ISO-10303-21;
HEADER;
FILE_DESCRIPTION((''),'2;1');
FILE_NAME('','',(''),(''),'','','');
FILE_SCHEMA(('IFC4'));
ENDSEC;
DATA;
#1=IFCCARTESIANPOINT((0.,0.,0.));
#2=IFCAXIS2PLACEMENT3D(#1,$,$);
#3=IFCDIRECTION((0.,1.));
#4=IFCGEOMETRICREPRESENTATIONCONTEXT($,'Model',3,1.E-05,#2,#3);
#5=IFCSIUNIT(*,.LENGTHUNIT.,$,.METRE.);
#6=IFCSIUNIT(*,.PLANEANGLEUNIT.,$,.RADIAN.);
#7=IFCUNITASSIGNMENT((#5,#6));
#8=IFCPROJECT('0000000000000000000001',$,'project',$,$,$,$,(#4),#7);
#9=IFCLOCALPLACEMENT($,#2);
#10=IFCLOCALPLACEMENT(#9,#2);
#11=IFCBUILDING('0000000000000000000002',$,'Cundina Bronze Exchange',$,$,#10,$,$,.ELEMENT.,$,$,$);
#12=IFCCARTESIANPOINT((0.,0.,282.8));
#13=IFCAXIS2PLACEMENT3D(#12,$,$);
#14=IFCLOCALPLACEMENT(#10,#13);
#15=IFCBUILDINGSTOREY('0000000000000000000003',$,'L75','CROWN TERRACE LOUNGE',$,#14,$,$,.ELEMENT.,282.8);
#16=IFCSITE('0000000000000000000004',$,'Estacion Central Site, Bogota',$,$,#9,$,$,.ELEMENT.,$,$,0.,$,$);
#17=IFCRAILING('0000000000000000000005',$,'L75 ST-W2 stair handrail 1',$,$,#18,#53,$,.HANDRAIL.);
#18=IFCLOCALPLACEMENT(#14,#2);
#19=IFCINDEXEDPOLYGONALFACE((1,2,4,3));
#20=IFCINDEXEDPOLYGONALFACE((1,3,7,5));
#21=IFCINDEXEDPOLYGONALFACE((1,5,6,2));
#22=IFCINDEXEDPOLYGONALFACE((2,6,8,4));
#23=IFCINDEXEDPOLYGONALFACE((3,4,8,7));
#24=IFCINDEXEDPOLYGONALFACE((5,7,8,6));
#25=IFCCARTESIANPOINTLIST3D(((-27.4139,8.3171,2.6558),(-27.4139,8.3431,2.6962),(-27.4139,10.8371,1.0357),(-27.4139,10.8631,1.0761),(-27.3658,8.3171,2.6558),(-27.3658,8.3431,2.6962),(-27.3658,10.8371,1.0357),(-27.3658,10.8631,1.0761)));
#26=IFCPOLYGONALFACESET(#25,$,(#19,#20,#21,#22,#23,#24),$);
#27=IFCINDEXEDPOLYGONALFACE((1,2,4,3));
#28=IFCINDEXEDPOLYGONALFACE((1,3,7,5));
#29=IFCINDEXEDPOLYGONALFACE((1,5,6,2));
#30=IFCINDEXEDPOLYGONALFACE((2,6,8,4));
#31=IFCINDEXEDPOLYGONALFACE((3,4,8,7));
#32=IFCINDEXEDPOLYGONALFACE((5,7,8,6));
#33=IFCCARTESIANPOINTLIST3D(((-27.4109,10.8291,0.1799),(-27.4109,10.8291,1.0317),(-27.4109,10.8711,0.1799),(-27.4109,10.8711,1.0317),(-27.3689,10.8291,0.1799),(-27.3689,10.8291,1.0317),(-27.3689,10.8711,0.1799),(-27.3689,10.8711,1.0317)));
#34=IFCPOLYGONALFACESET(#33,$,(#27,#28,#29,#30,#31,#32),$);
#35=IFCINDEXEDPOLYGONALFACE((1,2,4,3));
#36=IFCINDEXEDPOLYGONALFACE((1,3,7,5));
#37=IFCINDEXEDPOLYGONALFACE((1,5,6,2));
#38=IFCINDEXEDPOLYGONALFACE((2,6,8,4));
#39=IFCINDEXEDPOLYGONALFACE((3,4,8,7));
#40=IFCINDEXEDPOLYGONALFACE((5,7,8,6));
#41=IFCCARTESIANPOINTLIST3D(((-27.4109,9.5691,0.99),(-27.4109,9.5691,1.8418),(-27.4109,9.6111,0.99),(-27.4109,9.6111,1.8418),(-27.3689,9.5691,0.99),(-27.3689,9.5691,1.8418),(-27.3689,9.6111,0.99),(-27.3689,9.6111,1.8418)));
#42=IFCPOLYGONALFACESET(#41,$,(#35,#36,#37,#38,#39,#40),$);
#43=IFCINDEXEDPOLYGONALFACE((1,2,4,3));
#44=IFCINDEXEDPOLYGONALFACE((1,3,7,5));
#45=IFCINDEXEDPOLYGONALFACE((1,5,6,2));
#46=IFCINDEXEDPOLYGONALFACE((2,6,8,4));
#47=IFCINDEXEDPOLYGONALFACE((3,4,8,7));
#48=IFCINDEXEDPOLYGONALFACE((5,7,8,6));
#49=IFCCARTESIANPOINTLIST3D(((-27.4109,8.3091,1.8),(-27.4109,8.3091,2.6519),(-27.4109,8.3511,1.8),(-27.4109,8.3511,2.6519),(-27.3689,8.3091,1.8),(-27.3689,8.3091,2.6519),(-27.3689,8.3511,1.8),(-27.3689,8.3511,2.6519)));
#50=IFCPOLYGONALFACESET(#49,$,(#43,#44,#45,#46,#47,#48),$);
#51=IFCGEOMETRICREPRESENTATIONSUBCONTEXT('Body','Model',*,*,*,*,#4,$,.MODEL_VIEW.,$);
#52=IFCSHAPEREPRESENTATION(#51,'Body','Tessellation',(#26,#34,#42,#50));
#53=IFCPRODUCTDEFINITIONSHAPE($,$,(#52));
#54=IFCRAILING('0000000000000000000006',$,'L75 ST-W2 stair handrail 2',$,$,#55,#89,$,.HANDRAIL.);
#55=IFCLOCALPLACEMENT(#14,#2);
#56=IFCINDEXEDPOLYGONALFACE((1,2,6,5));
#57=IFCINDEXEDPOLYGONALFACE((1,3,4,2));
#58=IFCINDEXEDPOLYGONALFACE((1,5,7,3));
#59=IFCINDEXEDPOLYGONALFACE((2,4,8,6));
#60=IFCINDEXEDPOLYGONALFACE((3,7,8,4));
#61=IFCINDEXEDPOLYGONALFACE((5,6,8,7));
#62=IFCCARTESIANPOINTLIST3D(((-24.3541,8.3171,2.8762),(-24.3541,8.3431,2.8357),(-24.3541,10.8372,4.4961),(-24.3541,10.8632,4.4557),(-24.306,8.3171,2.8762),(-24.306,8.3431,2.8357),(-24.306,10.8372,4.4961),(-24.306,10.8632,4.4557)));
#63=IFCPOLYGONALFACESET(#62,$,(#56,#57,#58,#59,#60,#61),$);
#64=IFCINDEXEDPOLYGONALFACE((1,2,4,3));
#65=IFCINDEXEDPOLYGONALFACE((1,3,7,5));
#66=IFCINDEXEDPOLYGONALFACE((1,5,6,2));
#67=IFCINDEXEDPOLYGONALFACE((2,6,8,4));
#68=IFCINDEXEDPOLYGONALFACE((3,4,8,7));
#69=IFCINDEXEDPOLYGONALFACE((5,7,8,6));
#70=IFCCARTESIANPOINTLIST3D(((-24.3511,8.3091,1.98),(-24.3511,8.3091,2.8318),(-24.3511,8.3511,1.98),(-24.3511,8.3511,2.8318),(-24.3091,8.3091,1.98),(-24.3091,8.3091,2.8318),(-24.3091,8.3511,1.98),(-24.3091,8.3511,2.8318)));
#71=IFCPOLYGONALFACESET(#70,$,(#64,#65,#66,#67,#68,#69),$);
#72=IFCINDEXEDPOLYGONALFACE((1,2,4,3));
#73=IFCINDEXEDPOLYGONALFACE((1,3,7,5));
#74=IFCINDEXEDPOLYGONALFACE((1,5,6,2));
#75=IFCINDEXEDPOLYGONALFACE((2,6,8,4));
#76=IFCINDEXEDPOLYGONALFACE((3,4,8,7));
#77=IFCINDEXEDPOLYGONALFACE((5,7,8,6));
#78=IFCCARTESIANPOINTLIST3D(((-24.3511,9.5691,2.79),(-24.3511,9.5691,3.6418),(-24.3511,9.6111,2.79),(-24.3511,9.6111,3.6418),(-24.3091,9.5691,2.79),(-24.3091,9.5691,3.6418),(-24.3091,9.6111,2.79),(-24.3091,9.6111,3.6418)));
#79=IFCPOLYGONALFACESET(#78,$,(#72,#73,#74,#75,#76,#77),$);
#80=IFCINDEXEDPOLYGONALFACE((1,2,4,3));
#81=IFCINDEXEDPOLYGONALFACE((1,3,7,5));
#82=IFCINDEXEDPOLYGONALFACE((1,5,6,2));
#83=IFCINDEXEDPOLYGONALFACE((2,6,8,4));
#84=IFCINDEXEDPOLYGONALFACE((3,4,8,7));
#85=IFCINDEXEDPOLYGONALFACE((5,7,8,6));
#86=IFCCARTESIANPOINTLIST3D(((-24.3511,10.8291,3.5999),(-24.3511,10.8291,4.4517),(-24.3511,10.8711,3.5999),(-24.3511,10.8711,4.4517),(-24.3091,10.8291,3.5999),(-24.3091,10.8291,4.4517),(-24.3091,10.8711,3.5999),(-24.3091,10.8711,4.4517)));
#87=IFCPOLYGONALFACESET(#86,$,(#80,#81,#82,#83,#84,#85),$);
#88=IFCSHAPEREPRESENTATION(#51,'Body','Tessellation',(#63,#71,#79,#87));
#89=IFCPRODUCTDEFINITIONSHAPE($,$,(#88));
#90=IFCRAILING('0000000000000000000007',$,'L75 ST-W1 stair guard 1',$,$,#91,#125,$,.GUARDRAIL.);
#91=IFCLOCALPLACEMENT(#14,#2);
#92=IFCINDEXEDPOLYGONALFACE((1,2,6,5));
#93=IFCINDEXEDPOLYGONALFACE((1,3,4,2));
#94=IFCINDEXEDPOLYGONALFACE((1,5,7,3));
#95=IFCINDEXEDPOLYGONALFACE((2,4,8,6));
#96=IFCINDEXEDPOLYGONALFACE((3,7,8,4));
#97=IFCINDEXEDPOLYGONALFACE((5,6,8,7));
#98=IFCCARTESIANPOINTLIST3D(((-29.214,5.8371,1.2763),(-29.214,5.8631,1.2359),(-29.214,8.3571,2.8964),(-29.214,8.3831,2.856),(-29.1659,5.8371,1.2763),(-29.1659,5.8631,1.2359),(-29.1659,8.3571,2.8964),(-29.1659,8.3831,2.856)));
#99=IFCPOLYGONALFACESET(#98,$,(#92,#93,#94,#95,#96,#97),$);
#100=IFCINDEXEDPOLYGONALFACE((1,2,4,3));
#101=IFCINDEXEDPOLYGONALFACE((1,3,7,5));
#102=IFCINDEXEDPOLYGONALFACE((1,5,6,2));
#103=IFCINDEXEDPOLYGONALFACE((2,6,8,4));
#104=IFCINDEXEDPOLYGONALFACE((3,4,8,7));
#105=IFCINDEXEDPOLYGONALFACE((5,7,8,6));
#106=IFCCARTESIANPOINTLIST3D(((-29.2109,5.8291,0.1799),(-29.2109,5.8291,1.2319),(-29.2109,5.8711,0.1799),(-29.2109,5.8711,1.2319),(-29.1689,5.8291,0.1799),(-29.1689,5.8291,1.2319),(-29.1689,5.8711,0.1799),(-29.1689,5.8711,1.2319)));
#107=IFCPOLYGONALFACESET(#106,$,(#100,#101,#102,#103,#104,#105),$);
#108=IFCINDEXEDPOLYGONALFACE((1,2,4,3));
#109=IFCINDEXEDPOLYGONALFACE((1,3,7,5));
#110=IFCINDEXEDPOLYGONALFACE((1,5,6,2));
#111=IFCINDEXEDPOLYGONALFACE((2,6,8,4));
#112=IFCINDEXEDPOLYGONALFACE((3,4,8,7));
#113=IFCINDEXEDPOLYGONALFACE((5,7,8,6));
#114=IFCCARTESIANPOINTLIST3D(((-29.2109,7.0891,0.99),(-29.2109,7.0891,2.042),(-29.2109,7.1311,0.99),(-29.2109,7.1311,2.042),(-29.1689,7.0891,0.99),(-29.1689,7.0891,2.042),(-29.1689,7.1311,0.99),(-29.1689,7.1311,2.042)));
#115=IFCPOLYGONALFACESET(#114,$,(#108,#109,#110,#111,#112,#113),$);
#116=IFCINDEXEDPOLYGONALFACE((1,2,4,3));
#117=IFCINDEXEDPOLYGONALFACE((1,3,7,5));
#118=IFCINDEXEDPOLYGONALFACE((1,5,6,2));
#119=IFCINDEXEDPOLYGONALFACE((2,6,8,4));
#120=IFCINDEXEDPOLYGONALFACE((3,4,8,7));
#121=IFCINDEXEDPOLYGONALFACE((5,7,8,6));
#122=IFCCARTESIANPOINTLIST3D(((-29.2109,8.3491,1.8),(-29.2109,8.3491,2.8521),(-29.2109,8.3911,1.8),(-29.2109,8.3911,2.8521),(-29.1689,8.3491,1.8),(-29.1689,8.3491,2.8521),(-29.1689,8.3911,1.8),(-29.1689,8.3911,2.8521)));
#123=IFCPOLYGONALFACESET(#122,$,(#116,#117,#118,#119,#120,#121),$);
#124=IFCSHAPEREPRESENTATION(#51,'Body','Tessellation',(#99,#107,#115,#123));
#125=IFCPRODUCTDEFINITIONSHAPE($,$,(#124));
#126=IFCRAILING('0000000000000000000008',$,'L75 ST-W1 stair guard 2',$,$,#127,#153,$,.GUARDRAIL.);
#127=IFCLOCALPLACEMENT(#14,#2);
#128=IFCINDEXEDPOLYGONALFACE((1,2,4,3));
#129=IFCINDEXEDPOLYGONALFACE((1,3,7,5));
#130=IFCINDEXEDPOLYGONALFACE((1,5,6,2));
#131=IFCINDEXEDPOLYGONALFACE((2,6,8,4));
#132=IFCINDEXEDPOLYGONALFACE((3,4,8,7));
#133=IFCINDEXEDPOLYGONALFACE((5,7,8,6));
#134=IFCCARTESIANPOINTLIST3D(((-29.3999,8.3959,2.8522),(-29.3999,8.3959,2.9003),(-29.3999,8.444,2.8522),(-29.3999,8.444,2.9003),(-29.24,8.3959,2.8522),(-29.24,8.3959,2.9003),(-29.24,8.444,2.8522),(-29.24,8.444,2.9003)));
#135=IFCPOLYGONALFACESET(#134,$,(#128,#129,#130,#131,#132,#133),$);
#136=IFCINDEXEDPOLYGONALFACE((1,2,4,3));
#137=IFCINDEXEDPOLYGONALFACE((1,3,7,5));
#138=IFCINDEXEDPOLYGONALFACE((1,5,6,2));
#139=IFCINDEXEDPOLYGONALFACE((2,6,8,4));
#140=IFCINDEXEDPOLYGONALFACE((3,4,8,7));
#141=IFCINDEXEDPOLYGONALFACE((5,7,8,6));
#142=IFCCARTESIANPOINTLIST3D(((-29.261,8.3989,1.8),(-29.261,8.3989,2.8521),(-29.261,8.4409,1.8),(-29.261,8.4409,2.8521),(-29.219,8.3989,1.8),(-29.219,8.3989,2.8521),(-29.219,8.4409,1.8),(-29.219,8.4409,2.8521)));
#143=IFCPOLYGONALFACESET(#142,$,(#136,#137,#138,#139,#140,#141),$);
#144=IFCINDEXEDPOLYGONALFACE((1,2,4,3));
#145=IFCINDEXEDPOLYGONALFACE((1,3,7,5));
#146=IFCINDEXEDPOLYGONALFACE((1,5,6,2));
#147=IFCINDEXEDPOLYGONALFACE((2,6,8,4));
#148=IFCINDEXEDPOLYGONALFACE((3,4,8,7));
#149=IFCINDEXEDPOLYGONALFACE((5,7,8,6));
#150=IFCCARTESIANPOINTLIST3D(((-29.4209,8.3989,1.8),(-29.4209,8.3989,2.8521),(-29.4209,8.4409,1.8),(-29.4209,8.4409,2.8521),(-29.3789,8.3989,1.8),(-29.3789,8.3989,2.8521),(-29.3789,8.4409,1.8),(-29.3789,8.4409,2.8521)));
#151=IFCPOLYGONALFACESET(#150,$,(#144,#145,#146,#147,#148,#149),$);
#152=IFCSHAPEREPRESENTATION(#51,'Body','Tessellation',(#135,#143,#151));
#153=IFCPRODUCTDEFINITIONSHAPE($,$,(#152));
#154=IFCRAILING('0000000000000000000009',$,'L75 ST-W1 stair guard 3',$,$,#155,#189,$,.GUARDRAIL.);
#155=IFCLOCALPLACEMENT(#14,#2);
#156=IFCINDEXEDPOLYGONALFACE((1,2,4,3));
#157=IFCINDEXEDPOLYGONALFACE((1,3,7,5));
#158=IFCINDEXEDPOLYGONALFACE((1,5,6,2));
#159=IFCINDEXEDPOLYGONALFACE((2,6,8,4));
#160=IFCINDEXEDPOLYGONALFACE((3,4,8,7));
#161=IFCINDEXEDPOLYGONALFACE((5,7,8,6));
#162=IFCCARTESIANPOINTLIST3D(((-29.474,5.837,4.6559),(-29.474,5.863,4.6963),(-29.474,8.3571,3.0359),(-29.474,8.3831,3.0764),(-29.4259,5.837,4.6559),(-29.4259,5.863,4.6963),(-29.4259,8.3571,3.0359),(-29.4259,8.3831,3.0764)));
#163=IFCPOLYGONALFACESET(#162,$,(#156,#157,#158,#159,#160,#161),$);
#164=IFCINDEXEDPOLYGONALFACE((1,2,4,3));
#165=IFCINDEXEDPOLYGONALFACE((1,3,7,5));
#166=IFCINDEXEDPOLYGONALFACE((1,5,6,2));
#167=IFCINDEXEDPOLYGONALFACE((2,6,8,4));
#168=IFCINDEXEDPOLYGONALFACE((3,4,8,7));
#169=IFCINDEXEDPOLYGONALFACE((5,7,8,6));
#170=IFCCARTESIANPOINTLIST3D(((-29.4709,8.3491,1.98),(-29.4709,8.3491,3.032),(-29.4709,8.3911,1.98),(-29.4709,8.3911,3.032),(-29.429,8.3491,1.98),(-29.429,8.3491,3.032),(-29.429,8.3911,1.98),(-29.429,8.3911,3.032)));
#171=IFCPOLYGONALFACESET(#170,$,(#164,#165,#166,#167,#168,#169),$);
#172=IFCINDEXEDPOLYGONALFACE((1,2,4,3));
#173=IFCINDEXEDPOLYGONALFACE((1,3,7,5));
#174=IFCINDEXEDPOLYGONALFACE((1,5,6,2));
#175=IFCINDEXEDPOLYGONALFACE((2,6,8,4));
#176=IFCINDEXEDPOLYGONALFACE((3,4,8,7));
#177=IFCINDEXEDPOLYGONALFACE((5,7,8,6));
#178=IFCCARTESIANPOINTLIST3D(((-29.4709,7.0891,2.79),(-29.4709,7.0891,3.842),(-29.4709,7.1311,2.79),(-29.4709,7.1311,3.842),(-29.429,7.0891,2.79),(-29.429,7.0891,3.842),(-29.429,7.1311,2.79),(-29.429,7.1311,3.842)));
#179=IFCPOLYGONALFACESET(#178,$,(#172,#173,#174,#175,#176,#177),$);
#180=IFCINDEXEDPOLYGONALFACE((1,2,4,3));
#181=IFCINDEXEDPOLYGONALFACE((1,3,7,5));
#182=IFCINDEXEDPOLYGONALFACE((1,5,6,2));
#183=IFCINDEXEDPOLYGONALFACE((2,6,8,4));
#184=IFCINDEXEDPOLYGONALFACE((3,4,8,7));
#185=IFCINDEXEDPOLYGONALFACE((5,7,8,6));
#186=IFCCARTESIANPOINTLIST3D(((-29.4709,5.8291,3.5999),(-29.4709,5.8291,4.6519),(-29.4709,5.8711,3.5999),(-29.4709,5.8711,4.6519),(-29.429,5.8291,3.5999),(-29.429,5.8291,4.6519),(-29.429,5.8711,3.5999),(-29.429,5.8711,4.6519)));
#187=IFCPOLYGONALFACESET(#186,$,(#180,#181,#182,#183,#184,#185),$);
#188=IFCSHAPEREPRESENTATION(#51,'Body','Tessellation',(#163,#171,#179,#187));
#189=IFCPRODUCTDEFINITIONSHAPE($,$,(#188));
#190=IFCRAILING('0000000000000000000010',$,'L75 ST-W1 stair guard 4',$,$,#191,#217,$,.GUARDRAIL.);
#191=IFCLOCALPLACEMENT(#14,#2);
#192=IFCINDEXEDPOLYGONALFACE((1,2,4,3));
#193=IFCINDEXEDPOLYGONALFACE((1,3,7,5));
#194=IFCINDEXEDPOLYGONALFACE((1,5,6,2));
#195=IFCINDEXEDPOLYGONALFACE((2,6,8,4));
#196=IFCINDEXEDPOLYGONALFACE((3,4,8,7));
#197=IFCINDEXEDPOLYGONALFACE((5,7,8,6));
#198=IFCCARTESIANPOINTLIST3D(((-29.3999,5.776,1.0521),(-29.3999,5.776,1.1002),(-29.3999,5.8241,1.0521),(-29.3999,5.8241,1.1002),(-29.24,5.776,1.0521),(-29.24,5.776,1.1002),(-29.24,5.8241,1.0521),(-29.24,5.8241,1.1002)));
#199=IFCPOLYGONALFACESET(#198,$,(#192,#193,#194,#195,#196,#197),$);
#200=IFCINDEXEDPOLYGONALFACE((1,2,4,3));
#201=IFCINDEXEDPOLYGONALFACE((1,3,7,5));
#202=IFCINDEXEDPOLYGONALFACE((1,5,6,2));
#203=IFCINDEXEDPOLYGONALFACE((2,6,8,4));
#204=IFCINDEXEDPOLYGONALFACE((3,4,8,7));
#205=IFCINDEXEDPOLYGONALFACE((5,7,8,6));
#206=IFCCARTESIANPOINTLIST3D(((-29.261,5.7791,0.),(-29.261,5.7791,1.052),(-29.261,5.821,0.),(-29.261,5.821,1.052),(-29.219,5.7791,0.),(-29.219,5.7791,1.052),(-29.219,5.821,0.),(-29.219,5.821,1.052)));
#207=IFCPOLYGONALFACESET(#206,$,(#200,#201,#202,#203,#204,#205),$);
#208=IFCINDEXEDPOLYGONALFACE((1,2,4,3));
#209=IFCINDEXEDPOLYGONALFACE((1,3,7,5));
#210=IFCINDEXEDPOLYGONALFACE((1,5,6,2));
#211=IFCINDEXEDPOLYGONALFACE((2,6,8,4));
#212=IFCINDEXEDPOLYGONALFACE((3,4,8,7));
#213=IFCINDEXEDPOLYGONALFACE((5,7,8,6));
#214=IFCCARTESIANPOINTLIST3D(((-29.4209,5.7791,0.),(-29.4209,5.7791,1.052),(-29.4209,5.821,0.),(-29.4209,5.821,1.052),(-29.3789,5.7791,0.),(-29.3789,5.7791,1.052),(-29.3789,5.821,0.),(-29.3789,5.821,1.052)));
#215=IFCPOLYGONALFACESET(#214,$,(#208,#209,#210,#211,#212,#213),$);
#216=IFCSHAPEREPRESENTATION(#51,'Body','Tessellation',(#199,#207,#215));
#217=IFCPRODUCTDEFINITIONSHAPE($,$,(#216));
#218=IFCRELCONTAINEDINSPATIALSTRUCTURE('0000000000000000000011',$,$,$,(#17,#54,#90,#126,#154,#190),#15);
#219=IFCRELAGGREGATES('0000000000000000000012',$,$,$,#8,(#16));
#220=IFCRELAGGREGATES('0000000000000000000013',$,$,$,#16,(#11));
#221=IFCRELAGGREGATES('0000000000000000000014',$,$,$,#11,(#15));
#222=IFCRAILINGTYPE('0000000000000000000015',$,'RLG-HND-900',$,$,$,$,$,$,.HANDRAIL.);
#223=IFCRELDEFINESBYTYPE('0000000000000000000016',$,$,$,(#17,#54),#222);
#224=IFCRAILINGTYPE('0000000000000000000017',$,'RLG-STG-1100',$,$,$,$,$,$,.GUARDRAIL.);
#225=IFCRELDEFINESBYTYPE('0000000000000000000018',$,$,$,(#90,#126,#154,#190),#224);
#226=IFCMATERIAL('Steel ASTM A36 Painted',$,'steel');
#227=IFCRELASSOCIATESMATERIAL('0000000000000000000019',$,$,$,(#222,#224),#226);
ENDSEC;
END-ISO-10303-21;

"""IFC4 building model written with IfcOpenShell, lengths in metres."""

from ifc_helpers import new_model, si_unit, direction, frame, origin, origin_2d, place, context, subcontext, project, spatial, rectangle, extrude, material, type_object, element, save


model = new_model("IFC4")

# Units and contexts
model_context = context("Model", 3, precision=1e-05, world=origin(), true_north=direction((0.0, 1.0)))
body_context = subcontext(model_context, "Body", "Model", "MODEL_VIEW")
ifc_project = project(units=[si_unit("LENGTHUNIT", "METRE"), si_unit("PLANEANGLEUNIT", "RADIAN")], contexts=[model_context])

# Site, building, storey
site_placement = place(None, origin())
site = spatial("IfcSite", under=ifc_project, at=site_placement, Name="Estacion Central Site, Bogota", CompositionType="ELEMENT", RefElevation=0.0)
building_placement = place(site_placement, origin())
building = spatial("IfcBuilding", under=site, at=building_placement, Name="Cundina Bronze Exchange", CompositionType="ELEMENT")
storey_placement = place(building_placement, frame((0.0, 0.0, 282.8)))
storey = spatial("IfcBuildingStorey", under=building, at=storey_placement, Name="L75", Description="CROWN TERRACE LOUNGE", CompositionType="ELEMENT", Elevation=282.8)

# Shared definitions
ifc_material_1 = material(Name="Steel ASTM A36 Painted", Category="steel")

# Railings
railing_type_1 = type_object("IfcRailingType", Name="RLG-HND-900", PredefinedType="HANDRAIL", material=ifc_material_1)
railing_1_placement = place(storey_placement, frame((-27.3899, 10.8501, 0.1799)))
element("IfcRailing", 1, at=railing_1_placement, inside=storey, type_object=railing_type_1, Name="L75 ST-W2 stair handrail 1", PredefinedType="HANDRAIL", context=body_context, shape_type="SweptSolid", body=[
    extrude(rectangle(XDim=0.0481, YDim=0.0481, at=origin_2d()), frame((0.0, 0.0, 0.876), z_axis=(0.0, -0.841163, 0.540782), x_axis=(1.0, 0.0, 0.0)), (0.0, 0.0, 1.0), 2.9958),
    extrude(rectangle(XDim=0.042, YDim=0.042, at=origin_2d()), origin(), (0.0, 0.0, 1.0), 0.8518),
    extrude(rectangle(XDim=0.042, YDim=0.042, at=origin_2d()), frame((0.0, -1.26, 0.8101)), (0.0, 0.0, 1.0), 0.8518),
    extrude(rectangle(XDim=0.042, YDim=0.042, at=origin_2d()), frame((0.0, -2.52, 1.6201)), (0.0, 0.0, 1.0), 0.8518),
])
railing_2_placement = place(storey_placement, frame((-24.3301, 8.3301, 1.98)))
element("IfcRailing", 2, at=railing_2_placement, inside=storey, type_object=railing_type_1, Name="L75 ST-W2 stair handrail 2", PredefinedType="HANDRAIL", context=body_context, shape_type="SweptSolid", body=[
    extrude(rectangle(XDim=0.0481, YDim=0.0481, at=origin_2d()), frame((0.0, 0.0, 0.876), z_axis=(0.0, 0.8412, 0.540725), x_axis=(-1.0, 0.0, 0.0)), (0.0, 0.0, 1.0), 2.9958),
    extrude(rectangle(XDim=0.042, YDim=0.042, at=origin_2d()), origin(), (0.0, 0.0, 1.0), 0.8518),
    extrude(rectangle(XDim=0.042, YDim=0.042, at=origin_2d()), frame((0.0, 1.26, 0.8101)), (0.0, 0.0, 1.0), 0.8518),
    extrude(rectangle(XDim=0.042, YDim=0.042, at=origin_2d()), frame((0.0, 2.52, 1.6199)), (0.0, 0.0, 1.0), 0.8518),
])
railing_type_2 = type_object("IfcRailingType", Name="RLG-STG-1100", PredefinedType="GUARDRAIL", material=ifc_material_1)
railing_3_placement = place(storey_placement, frame((-29.1899, 5.8501, 0.1799)))
element("IfcRailing", 3, at=railing_3_placement, inside=storey, type_object=railing_type_2, Name="L75 ST-W1 stair guard 1", PredefinedType="GUARDRAIL", context=body_context, shape_type="SweptSolid", body=[
    extrude(rectangle(XDim=0.0481, YDim=0.0481, at=origin_2d()), frame((0.0, 0.0, 1.0762), z_axis=(0.0, 0.841163, 0.540782), x_axis=(-1.0, 0.0, 0.0)), (0.0, 0.0, 1.0), 2.9958),
    extrude(rectangle(XDim=0.042, YDim=0.042, at=origin_2d()), origin(), (0.0, 0.0, 1.0), 1.052),
    extrude(rectangle(XDim=0.042, YDim=0.042, at=origin_2d()), frame((0.0, 1.26, 0.8101)), (0.0, 0.0, 1.0), 1.052),
    extrude(rectangle(XDim=0.042, YDim=0.042, at=origin_2d()), frame((0.0, 2.52, 1.6201)), (0.0, 0.0, 1.0), 1.052),
])
railing_4_placement = place(storey_placement, frame((-29.24, 8.4199, 1.8)))
element("IfcRailing", 4, at=railing_4_placement, inside=storey, type_object=railing_type_2, Name="L75 ST-W1 stair guard 2", PredefinedType="GUARDRAIL", context=body_context, shape_type="SweptSolid", body=[
    extrude(rectangle(XDim=0.0481, YDim=0.0481, at=origin_2d()), frame((0.0, 0.0, 1.0762), z_axis=(-1.0, 0.0, 0.0), x_axis=(0.0, -1.0, 0.0)), (0.0, 0.0, 1.0), 0.1599),
    extrude(rectangle(XDim=0.042, YDim=0.042, at=origin_2d()), origin(), (0.0, 0.0, 1.0), 1.052),
    extrude(rectangle(XDim=0.042, YDim=0.042, at=origin_2d()), frame((-0.1599, 0.0, 0.0)), (0.0, 0.0, 1.0), 1.052),
])
railing_5_placement = place(storey_placement, frame((-29.45, 8.3701, 1.98)))
element("IfcRailing", 5, at=railing_5_placement, inside=storey, type_object=railing_type_2, Name="L75 ST-W1 stair guard 3", PredefinedType="GUARDRAIL", context=body_context, shape_type="SweptSolid", body=[
    extrude(rectangle(XDim=0.0481, YDim=0.0481, at=origin_2d()), frame((0.0, 0.0, 1.0762), z_axis=(0.0, -0.8412, 0.540725), x_axis=(1.0, 0.0, 0.0)), (0.0, 0.0, 1.0), 2.9958),
    extrude(rectangle(XDim=0.042, YDim=0.042, at=origin_2d()), origin(), (0.0, 0.0, 1.0), 1.052),
    extrude(rectangle(XDim=0.042, YDim=0.042, at=origin_2d()), frame((0.0, -1.26, 0.8101)), (0.0, 0.0, 1.0), 1.052),
    extrude(rectangle(XDim=0.042, YDim=0.042, at=origin_2d()), frame((0.0, -2.52, 1.6199)), (0.0, 0.0, 1.0), 1.052),
])
railing_6_placement = place(storey_placement, frame((-29.24, 5.8, 0.0)))
element("IfcRailing", 6, at=railing_6_placement, inside=storey, type_object=railing_type_2, Name="L75 ST-W1 stair guard 4", PredefinedType="GUARDRAIL", context=body_context, shape_type="SweptSolid", body=[
    extrude(rectangle(XDim=0.0481, YDim=0.0481, at=origin_2d()), frame((0.0, 0.0, 1.0762), z_axis=(-1.0, 0.0, 0.0), x_axis=(0.0, -1.0, 0.0)), (0.0, 0.0, 1.0), 0.1599),
    extrude(rectangle(XDim=0.042, YDim=0.042, at=origin_2d()), origin(), (0.0, 0.0, 1.0), 1.052),
    extrude(rectangle(XDim=0.042, YDim=0.042, at=origin_2d()), frame((-0.1599, 0.0, 0.0)), (0.0, 0.0, 1.0), 1.052),
])

save(model, "model.ifc")
